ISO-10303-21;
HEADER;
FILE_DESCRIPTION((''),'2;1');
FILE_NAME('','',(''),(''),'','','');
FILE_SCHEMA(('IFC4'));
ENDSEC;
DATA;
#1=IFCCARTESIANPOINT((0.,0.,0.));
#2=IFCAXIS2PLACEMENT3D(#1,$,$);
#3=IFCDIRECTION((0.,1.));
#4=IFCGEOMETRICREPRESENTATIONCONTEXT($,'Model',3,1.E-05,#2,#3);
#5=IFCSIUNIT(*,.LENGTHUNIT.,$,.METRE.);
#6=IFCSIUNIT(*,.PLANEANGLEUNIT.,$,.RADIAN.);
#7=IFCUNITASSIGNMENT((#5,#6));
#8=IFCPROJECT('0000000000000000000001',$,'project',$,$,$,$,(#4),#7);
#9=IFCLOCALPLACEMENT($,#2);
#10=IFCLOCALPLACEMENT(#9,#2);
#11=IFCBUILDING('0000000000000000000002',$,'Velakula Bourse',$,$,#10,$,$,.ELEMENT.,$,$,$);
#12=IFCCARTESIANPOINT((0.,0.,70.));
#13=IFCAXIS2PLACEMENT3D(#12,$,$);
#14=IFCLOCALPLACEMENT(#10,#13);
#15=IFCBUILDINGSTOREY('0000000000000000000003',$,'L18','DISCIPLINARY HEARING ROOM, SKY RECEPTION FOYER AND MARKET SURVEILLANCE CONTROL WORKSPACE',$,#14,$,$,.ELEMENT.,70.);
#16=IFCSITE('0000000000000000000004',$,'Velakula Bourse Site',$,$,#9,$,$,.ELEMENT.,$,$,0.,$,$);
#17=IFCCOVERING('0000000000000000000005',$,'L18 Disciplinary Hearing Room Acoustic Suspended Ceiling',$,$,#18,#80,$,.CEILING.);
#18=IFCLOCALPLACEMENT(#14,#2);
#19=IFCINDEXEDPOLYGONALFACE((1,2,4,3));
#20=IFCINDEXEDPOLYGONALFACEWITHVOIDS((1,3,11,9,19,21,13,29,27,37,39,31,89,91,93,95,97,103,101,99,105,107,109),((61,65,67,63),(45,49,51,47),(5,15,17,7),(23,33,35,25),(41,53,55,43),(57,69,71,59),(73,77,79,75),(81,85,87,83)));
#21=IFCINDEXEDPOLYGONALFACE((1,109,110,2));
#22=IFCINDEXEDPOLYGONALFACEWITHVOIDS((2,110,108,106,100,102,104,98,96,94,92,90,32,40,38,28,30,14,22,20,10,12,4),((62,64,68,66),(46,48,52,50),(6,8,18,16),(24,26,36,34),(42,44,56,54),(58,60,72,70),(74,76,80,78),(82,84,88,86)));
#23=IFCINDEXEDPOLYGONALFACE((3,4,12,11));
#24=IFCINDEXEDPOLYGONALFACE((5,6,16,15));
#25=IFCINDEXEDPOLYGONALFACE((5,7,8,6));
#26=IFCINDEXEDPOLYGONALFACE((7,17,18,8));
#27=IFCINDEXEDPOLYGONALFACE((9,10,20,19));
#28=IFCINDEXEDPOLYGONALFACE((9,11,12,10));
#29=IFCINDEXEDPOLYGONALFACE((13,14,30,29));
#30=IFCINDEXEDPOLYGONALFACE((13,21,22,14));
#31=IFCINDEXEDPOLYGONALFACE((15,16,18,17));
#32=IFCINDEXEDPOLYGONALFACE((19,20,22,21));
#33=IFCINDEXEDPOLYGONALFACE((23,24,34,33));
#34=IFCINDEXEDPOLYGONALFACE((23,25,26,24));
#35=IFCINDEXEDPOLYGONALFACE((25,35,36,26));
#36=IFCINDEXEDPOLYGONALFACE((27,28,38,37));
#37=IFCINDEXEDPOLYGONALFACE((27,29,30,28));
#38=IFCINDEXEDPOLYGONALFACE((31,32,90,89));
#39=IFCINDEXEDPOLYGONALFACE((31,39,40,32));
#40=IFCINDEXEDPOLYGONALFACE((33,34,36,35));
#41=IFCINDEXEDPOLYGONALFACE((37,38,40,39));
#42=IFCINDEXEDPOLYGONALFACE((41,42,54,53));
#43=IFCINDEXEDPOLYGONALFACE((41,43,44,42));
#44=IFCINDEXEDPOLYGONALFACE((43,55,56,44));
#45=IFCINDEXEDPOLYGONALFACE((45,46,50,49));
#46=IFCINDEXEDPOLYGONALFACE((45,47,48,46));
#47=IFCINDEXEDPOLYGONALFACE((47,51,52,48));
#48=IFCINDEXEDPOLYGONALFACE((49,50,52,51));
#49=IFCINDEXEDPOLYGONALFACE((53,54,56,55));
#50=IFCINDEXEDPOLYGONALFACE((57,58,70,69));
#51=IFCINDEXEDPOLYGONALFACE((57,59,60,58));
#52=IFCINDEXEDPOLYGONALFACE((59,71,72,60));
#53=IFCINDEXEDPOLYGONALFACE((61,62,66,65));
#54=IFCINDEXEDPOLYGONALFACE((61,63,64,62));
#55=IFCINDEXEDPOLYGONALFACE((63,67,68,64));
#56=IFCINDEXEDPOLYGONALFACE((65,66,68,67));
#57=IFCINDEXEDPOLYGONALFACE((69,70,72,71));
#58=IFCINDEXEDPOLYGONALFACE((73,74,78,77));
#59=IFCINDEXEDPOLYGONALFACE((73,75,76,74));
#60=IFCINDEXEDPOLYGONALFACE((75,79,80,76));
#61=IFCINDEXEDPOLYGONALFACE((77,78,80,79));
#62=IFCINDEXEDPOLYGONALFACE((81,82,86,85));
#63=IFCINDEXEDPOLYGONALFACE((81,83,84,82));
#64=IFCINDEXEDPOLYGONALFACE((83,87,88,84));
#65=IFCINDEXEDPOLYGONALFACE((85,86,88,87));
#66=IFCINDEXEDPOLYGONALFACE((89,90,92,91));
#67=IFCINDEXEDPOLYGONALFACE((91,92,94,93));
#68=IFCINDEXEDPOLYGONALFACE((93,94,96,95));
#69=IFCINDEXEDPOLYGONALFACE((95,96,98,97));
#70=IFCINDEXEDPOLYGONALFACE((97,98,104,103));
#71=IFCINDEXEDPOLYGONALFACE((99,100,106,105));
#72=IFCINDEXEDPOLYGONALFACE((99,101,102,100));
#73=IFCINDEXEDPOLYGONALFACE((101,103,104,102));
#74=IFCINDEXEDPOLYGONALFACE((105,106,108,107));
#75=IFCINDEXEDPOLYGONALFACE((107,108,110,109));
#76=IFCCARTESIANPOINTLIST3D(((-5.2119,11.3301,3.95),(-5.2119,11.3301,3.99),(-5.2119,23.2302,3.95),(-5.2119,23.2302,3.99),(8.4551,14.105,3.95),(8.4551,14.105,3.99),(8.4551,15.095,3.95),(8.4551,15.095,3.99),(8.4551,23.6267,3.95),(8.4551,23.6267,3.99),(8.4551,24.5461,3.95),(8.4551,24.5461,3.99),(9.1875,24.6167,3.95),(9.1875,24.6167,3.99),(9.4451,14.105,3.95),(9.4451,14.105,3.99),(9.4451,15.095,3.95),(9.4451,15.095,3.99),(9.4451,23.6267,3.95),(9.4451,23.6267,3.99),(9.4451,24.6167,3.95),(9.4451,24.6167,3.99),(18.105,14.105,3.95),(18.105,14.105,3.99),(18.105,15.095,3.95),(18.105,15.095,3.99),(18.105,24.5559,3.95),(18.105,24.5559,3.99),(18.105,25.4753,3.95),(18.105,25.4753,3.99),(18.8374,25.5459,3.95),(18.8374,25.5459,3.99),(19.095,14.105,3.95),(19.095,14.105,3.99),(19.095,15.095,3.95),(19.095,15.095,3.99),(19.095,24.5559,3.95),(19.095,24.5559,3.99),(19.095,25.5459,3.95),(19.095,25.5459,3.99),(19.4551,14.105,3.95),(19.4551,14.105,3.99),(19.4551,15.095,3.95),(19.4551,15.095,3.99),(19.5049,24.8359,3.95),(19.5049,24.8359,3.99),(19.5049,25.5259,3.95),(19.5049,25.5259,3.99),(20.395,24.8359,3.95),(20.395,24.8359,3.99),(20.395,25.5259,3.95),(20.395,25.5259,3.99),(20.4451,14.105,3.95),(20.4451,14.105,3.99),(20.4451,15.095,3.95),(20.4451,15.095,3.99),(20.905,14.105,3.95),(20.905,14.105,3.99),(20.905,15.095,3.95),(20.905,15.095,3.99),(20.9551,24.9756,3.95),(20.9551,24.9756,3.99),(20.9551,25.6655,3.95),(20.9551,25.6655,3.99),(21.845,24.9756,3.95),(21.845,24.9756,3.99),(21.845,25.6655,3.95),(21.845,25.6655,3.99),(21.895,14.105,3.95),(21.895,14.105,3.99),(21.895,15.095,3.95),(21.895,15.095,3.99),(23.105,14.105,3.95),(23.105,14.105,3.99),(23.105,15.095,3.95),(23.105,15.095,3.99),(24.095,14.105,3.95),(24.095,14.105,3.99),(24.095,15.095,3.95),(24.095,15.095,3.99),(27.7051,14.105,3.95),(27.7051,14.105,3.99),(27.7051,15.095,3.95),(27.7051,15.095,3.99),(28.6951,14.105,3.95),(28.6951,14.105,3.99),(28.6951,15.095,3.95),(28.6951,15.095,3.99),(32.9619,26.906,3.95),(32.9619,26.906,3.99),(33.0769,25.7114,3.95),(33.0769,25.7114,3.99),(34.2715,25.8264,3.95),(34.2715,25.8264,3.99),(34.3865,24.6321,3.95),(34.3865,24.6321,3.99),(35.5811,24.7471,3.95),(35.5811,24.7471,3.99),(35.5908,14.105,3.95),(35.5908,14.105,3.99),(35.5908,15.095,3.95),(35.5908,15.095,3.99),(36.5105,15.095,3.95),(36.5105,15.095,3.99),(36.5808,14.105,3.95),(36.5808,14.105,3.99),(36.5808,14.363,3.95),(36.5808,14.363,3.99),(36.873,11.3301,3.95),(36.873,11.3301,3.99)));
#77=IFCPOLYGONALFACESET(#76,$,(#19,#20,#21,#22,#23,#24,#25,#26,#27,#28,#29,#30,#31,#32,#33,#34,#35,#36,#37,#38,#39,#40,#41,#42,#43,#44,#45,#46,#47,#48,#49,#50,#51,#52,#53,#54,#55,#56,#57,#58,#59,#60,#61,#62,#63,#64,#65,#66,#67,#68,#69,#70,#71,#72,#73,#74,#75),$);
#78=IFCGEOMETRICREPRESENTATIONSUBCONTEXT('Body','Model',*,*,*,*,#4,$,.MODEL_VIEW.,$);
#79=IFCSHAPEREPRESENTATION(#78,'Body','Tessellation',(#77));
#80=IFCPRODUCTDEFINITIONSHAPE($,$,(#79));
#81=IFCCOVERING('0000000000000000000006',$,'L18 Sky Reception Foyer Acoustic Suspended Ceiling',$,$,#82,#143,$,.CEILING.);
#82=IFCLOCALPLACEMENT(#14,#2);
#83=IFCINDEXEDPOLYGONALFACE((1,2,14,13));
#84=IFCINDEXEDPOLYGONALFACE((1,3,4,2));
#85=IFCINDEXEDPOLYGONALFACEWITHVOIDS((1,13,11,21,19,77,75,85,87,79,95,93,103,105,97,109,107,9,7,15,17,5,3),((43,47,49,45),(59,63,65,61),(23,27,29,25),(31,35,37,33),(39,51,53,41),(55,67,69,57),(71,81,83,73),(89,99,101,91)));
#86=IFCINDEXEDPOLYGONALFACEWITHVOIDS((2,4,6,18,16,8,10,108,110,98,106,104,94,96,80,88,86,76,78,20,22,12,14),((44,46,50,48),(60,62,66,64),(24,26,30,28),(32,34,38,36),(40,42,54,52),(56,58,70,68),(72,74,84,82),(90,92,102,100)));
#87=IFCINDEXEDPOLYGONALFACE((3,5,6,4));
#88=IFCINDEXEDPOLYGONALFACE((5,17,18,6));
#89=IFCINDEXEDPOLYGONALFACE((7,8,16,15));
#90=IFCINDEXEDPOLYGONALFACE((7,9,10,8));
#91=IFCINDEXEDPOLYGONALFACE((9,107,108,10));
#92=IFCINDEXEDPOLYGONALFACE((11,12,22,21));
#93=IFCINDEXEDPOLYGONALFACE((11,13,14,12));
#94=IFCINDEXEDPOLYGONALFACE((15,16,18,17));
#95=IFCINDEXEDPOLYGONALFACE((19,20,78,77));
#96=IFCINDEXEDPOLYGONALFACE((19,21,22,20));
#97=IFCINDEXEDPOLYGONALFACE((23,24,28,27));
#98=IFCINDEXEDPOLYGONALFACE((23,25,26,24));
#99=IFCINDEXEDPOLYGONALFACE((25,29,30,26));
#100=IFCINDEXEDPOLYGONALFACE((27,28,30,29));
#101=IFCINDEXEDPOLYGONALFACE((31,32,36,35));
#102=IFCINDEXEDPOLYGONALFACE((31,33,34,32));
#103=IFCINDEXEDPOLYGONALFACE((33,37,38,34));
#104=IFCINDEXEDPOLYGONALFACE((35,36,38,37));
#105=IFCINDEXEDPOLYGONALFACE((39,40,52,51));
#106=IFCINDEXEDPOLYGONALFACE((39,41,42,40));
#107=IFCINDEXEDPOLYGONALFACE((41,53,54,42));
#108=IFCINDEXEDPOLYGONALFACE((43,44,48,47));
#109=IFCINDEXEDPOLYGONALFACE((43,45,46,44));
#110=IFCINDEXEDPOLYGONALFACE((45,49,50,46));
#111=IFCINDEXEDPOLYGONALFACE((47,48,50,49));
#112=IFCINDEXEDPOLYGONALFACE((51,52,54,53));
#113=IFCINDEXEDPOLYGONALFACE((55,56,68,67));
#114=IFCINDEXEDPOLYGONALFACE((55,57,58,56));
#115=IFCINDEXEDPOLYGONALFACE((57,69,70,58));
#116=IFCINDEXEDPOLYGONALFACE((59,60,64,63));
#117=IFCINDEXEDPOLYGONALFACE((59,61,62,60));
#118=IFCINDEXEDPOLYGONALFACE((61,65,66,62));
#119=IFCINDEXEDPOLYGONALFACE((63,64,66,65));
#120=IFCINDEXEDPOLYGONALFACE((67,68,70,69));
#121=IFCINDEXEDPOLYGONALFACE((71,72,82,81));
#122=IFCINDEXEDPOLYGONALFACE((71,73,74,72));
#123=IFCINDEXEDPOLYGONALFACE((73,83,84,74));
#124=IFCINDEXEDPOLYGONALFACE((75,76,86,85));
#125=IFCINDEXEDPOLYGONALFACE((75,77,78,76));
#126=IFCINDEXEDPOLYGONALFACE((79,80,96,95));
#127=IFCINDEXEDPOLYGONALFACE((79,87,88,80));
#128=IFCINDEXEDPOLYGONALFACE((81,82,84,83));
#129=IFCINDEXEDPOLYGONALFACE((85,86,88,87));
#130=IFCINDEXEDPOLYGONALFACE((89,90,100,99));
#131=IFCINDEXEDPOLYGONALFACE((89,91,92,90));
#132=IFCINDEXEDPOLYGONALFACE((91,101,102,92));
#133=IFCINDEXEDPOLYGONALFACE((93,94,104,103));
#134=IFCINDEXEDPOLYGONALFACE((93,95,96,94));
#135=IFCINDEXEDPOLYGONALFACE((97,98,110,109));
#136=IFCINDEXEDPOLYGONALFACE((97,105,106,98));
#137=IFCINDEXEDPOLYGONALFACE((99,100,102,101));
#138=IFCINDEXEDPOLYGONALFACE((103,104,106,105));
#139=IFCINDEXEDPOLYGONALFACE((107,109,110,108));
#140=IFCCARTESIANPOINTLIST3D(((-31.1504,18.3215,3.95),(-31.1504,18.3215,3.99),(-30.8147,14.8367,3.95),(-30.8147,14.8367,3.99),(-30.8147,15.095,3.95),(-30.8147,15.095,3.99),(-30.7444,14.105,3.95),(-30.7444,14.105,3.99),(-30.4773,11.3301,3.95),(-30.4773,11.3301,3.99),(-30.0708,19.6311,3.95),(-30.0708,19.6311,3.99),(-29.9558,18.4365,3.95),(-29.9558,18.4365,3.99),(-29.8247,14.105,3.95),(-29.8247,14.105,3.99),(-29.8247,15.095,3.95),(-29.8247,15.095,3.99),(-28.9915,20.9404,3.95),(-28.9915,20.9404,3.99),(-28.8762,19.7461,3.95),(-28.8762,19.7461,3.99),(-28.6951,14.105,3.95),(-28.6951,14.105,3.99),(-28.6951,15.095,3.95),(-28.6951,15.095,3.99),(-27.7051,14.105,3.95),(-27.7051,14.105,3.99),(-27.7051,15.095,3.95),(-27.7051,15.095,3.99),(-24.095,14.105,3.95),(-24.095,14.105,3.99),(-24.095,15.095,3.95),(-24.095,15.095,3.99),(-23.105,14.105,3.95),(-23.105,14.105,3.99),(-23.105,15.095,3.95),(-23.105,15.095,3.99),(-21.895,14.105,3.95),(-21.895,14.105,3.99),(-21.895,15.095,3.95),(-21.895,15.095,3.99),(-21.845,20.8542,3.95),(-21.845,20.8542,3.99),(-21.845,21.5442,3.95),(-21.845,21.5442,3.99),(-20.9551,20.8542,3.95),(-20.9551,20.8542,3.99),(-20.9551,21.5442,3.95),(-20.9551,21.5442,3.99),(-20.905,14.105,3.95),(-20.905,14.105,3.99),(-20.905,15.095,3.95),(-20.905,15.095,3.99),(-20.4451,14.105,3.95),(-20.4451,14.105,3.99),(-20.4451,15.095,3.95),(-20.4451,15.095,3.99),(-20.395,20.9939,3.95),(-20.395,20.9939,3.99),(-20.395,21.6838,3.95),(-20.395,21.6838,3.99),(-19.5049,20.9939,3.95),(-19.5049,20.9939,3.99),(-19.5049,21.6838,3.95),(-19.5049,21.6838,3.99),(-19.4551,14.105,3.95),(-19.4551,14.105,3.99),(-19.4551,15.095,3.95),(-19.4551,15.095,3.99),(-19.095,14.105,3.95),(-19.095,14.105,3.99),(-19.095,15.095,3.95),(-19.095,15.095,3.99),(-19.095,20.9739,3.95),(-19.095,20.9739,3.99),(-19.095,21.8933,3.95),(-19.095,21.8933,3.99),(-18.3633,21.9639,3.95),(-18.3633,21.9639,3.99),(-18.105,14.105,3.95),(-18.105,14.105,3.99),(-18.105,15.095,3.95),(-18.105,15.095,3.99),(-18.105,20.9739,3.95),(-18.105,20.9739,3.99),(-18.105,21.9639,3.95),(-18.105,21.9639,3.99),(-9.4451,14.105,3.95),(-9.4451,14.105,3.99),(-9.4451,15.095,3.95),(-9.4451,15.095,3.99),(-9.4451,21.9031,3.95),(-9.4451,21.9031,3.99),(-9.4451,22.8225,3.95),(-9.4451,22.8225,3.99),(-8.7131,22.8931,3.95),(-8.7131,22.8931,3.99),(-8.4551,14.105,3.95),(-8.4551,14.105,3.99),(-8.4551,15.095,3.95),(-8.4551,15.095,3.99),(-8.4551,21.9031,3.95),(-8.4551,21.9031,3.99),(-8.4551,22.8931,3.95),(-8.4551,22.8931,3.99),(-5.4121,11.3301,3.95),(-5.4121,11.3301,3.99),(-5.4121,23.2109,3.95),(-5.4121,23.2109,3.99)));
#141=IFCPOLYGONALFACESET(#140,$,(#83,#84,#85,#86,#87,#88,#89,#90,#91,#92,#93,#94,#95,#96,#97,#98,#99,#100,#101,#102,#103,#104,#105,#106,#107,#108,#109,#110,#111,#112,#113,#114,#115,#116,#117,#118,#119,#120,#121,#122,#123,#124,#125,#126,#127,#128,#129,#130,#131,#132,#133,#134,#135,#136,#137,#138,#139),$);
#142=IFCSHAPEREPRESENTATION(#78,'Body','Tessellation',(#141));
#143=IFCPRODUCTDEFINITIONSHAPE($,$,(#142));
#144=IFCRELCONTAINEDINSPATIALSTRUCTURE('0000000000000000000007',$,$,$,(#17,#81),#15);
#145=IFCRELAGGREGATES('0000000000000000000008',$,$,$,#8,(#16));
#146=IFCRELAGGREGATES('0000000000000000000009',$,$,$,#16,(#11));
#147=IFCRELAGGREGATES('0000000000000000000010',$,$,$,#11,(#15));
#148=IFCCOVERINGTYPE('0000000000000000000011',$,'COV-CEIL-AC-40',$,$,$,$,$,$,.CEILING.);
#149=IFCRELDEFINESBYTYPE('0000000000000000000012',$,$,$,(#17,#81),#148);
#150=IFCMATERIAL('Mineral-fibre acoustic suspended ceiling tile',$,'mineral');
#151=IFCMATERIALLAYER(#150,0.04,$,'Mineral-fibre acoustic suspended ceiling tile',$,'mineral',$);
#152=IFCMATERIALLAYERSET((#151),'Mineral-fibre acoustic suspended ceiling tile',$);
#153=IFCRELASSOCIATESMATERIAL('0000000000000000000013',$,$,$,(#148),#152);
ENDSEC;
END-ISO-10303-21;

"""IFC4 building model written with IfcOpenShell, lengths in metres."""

from ifc_helpers import new_model, si_unit, direction, frame, origin, place, context, subcontext, project, spatial, polyline, outline, extrude, material, layer, layer_set, type_object, element, save


model = new_model("IFC4")

# Units and contexts
model_context = context("Model", 3, precision=1e-05, world=origin(), true_north=direction((0.0, 1.0)))
body_context = subcontext(model_context, "Body", "Model", "MODEL_VIEW")
ifc_project = project(units=[si_unit("LENGTHUNIT", "METRE"), si_unit("PLANEANGLEUNIT", "RADIAN")], contexts=[model_context])

# Site, building, storey
site_placement = place(None, origin())
site = spatial("IfcSite", under=ifc_project, at=site_placement, Name="Velakula Bourse Site", CompositionType="ELEMENT", RefElevation=0.0)
building_placement = place(site_placement, origin())
building = spatial("IfcBuilding", under=site, at=building_placement, Name="Velakula Bourse", CompositionType="ELEMENT")
storey_placement = place(building_placement, frame((0.0, 0.0, 70.0)))
storey = spatial("IfcBuildingStorey", under=building, at=storey_placement, Name="L18", Description="DISCIPLINARY HEARING ROOM, SKY RECEPTION FOYER AND MARKET SURVEILLANCE CONTROL WORKSPACE", CompositionType="ELEMENT", Elevation=70.0)

# Coverings
ifc_material_1 = material(Name="Mineral-fibre acoustic suspended ceiling tile", Category="mineral")
ifc_layer_1 = layer(ifc_material_1, 0.04, Name="Mineral-fibre acoustic suspended ceiling tile", Category="mineral")
ifc_layer_set_1 = layer_set([ifc_layer_1], Name="Mineral-fibre acoustic suspended ceiling tile")
covering_type_1 = type_object("IfcCoveringType", Name="COV-CEIL-AC-40", PredefinedType="CEILING", material=ifc_layer_set_1)
covering_1_placement = place(storey_placement, frame((0.0, 0.0, 3.95)))
element("IfcCovering", 1, at=covering_1_placement, inside=storey, type_object=covering_type_1, Name="L18 Disciplinary Hearing Room Acoustic Suspended Ceiling", PredefinedType="CEILING", context=body_context, shape_type="SweptSolid", body=[
    extrude(outline(polyline([(18.105, 25.4753), (18.105, 24.5559), (19.095, 24.5559), (19.095, 25.5459), (18.8374, 25.5459), (32.9619, 26.906), (33.0769, 25.7114), (34.2715, 25.8264), (34.3865, 24.6321), (35.5811, 24.7471), (36.5105, 15.095), (35.5908, 15.095), (35.5908, 14.105), (36.5808, 14.105), (36.5808, 14.363), (36.873, 11.3301), (-5.2119, 11.3301), (-5.2119, 23.2302), (8.4551, 24.5461), (8.4551, 23.6267), (9.4451, 23.6267), (9.4451, 24.6167), (9.1875, 24.6167), (18.105, 25.4753)]), holes=[polyline([(8.4551, 15.095), (8.4551, 14.105), (9.4451, 14.105), (9.4451, 15.095), (8.4551, 15.095)]), polyline([(20.905, 14.105), (21.895, 14.105), (21.895, 15.095), (20.905, 15.095), (20.905, 14.105)]), polyline([(23.105, 15.095), (23.105, 14.105), (24.095, 14.105), (24.095, 15.095), (23.105, 15.095)]), polyline([(19.4551, 15.095), (19.4551, 14.105), (20.4451, 14.105), (20.4451, 15.095), (19.4551, 15.095)]), polyline([(27.7051, 14.105), (28.6951, 14.105), (28.6951, 15.095), (27.7051, 15.095), (27.7051, 14.105)]), polyline([(18.105, 14.105), (19.095, 14.105), (19.095, 15.095), (18.105, 15.095), (18.105, 14.105)]), polyline([(19.5049, 25.5259), (19.5049, 24.8359), (20.395, 24.8359), (20.395, 25.5259), (19.5049, 25.5259)]), polyline([(20.9551, 25.6655), (20.9551, 24.9756), (21.845, 24.9756), (21.845, 25.6655), (20.9551, 25.6655)])]), origin(), (0.0, 0.0, 1.0), 0.04),
])
covering_2_placement = place(storey_placement, frame((0.0, 0.0, 3.95)))
element("IfcCovering", 2, at=covering_2_placement, inside=storey, type_object=covering_type_1, Name="L18 Sky Reception Foyer Acoustic Suspended Ceiling", PredefinedType="CEILING", context=body_context, shape_type="SweptSolid", body=[
    extrude(outline(polyline([(-31.1504, 18.3215), (-29.9558, 18.4365), (-30.0708, 19.6311), (-28.8762, 19.7461), (-28.9915, 20.9404), (-19.095, 21.8933), (-19.095, 20.9739), (-18.105, 20.9739), (-18.105, 21.9639), (-18.3633, 21.9639), (-9.4451, 22.8225), (-9.4451, 21.9031), (-8.4551, 21.9031), (-8.4551, 22.8931), (-8.7131, 22.8931), (-5.4121, 23.2109), (-5.4121, 11.3301), (-30.4773, 11.3301), (-30.7444, 14.105), (-29.8247, 14.105), (-29.8247, 15.095), (-30.8147, 15.095), (-30.8147, 14.8367), (-31.1504, 18.3215)]), holes=[polyline([(-21.895, 15.095), (-21.895, 14.105), (-20.905, 14.105), (-20.905, 15.095), (-21.895, 15.095)]), polyline([(-20.4451, 14.105), (-19.4551, 14.105), (-19.4551, 15.095), (-20.4451, 15.095), (-20.4451, 14.105)]), polyline([(-24.095, 14.105), (-23.105, 14.105), (-23.105, 15.095), (-24.095, 15.095), (-24.095, 14.105)]), polyline([(-19.095, 14.105), (-18.105, 14.105), (-18.105, 15.095), (-19.095, 15.095), (-19.095, 14.105)]), polyline([(-28.6951, 15.095), (-28.6951, 14.105), (-27.7051, 14.105), (-27.7051, 15.095), (-28.6951, 15.095)]), polyline([(-21.845, 20.8542), (-20.9551, 20.8542), (-20.9551, 21.5442), (-21.845, 21.5442), (-21.845, 20.8542)]), polyline([(-20.395, 20.9939), (-19.5049, 20.9939), (-19.5049, 21.6838), (-20.395, 21.6838), (-20.395, 20.9939)]), polyline([(-9.4451, 15.095), (-9.4451, 14.105), (-8.4551, 14.105), (-8.4551, 15.095), (-9.4451, 15.095)])]), origin(), (0.0, 0.0, 1.0), 0.04),
])

save(model, "model.ifc")
